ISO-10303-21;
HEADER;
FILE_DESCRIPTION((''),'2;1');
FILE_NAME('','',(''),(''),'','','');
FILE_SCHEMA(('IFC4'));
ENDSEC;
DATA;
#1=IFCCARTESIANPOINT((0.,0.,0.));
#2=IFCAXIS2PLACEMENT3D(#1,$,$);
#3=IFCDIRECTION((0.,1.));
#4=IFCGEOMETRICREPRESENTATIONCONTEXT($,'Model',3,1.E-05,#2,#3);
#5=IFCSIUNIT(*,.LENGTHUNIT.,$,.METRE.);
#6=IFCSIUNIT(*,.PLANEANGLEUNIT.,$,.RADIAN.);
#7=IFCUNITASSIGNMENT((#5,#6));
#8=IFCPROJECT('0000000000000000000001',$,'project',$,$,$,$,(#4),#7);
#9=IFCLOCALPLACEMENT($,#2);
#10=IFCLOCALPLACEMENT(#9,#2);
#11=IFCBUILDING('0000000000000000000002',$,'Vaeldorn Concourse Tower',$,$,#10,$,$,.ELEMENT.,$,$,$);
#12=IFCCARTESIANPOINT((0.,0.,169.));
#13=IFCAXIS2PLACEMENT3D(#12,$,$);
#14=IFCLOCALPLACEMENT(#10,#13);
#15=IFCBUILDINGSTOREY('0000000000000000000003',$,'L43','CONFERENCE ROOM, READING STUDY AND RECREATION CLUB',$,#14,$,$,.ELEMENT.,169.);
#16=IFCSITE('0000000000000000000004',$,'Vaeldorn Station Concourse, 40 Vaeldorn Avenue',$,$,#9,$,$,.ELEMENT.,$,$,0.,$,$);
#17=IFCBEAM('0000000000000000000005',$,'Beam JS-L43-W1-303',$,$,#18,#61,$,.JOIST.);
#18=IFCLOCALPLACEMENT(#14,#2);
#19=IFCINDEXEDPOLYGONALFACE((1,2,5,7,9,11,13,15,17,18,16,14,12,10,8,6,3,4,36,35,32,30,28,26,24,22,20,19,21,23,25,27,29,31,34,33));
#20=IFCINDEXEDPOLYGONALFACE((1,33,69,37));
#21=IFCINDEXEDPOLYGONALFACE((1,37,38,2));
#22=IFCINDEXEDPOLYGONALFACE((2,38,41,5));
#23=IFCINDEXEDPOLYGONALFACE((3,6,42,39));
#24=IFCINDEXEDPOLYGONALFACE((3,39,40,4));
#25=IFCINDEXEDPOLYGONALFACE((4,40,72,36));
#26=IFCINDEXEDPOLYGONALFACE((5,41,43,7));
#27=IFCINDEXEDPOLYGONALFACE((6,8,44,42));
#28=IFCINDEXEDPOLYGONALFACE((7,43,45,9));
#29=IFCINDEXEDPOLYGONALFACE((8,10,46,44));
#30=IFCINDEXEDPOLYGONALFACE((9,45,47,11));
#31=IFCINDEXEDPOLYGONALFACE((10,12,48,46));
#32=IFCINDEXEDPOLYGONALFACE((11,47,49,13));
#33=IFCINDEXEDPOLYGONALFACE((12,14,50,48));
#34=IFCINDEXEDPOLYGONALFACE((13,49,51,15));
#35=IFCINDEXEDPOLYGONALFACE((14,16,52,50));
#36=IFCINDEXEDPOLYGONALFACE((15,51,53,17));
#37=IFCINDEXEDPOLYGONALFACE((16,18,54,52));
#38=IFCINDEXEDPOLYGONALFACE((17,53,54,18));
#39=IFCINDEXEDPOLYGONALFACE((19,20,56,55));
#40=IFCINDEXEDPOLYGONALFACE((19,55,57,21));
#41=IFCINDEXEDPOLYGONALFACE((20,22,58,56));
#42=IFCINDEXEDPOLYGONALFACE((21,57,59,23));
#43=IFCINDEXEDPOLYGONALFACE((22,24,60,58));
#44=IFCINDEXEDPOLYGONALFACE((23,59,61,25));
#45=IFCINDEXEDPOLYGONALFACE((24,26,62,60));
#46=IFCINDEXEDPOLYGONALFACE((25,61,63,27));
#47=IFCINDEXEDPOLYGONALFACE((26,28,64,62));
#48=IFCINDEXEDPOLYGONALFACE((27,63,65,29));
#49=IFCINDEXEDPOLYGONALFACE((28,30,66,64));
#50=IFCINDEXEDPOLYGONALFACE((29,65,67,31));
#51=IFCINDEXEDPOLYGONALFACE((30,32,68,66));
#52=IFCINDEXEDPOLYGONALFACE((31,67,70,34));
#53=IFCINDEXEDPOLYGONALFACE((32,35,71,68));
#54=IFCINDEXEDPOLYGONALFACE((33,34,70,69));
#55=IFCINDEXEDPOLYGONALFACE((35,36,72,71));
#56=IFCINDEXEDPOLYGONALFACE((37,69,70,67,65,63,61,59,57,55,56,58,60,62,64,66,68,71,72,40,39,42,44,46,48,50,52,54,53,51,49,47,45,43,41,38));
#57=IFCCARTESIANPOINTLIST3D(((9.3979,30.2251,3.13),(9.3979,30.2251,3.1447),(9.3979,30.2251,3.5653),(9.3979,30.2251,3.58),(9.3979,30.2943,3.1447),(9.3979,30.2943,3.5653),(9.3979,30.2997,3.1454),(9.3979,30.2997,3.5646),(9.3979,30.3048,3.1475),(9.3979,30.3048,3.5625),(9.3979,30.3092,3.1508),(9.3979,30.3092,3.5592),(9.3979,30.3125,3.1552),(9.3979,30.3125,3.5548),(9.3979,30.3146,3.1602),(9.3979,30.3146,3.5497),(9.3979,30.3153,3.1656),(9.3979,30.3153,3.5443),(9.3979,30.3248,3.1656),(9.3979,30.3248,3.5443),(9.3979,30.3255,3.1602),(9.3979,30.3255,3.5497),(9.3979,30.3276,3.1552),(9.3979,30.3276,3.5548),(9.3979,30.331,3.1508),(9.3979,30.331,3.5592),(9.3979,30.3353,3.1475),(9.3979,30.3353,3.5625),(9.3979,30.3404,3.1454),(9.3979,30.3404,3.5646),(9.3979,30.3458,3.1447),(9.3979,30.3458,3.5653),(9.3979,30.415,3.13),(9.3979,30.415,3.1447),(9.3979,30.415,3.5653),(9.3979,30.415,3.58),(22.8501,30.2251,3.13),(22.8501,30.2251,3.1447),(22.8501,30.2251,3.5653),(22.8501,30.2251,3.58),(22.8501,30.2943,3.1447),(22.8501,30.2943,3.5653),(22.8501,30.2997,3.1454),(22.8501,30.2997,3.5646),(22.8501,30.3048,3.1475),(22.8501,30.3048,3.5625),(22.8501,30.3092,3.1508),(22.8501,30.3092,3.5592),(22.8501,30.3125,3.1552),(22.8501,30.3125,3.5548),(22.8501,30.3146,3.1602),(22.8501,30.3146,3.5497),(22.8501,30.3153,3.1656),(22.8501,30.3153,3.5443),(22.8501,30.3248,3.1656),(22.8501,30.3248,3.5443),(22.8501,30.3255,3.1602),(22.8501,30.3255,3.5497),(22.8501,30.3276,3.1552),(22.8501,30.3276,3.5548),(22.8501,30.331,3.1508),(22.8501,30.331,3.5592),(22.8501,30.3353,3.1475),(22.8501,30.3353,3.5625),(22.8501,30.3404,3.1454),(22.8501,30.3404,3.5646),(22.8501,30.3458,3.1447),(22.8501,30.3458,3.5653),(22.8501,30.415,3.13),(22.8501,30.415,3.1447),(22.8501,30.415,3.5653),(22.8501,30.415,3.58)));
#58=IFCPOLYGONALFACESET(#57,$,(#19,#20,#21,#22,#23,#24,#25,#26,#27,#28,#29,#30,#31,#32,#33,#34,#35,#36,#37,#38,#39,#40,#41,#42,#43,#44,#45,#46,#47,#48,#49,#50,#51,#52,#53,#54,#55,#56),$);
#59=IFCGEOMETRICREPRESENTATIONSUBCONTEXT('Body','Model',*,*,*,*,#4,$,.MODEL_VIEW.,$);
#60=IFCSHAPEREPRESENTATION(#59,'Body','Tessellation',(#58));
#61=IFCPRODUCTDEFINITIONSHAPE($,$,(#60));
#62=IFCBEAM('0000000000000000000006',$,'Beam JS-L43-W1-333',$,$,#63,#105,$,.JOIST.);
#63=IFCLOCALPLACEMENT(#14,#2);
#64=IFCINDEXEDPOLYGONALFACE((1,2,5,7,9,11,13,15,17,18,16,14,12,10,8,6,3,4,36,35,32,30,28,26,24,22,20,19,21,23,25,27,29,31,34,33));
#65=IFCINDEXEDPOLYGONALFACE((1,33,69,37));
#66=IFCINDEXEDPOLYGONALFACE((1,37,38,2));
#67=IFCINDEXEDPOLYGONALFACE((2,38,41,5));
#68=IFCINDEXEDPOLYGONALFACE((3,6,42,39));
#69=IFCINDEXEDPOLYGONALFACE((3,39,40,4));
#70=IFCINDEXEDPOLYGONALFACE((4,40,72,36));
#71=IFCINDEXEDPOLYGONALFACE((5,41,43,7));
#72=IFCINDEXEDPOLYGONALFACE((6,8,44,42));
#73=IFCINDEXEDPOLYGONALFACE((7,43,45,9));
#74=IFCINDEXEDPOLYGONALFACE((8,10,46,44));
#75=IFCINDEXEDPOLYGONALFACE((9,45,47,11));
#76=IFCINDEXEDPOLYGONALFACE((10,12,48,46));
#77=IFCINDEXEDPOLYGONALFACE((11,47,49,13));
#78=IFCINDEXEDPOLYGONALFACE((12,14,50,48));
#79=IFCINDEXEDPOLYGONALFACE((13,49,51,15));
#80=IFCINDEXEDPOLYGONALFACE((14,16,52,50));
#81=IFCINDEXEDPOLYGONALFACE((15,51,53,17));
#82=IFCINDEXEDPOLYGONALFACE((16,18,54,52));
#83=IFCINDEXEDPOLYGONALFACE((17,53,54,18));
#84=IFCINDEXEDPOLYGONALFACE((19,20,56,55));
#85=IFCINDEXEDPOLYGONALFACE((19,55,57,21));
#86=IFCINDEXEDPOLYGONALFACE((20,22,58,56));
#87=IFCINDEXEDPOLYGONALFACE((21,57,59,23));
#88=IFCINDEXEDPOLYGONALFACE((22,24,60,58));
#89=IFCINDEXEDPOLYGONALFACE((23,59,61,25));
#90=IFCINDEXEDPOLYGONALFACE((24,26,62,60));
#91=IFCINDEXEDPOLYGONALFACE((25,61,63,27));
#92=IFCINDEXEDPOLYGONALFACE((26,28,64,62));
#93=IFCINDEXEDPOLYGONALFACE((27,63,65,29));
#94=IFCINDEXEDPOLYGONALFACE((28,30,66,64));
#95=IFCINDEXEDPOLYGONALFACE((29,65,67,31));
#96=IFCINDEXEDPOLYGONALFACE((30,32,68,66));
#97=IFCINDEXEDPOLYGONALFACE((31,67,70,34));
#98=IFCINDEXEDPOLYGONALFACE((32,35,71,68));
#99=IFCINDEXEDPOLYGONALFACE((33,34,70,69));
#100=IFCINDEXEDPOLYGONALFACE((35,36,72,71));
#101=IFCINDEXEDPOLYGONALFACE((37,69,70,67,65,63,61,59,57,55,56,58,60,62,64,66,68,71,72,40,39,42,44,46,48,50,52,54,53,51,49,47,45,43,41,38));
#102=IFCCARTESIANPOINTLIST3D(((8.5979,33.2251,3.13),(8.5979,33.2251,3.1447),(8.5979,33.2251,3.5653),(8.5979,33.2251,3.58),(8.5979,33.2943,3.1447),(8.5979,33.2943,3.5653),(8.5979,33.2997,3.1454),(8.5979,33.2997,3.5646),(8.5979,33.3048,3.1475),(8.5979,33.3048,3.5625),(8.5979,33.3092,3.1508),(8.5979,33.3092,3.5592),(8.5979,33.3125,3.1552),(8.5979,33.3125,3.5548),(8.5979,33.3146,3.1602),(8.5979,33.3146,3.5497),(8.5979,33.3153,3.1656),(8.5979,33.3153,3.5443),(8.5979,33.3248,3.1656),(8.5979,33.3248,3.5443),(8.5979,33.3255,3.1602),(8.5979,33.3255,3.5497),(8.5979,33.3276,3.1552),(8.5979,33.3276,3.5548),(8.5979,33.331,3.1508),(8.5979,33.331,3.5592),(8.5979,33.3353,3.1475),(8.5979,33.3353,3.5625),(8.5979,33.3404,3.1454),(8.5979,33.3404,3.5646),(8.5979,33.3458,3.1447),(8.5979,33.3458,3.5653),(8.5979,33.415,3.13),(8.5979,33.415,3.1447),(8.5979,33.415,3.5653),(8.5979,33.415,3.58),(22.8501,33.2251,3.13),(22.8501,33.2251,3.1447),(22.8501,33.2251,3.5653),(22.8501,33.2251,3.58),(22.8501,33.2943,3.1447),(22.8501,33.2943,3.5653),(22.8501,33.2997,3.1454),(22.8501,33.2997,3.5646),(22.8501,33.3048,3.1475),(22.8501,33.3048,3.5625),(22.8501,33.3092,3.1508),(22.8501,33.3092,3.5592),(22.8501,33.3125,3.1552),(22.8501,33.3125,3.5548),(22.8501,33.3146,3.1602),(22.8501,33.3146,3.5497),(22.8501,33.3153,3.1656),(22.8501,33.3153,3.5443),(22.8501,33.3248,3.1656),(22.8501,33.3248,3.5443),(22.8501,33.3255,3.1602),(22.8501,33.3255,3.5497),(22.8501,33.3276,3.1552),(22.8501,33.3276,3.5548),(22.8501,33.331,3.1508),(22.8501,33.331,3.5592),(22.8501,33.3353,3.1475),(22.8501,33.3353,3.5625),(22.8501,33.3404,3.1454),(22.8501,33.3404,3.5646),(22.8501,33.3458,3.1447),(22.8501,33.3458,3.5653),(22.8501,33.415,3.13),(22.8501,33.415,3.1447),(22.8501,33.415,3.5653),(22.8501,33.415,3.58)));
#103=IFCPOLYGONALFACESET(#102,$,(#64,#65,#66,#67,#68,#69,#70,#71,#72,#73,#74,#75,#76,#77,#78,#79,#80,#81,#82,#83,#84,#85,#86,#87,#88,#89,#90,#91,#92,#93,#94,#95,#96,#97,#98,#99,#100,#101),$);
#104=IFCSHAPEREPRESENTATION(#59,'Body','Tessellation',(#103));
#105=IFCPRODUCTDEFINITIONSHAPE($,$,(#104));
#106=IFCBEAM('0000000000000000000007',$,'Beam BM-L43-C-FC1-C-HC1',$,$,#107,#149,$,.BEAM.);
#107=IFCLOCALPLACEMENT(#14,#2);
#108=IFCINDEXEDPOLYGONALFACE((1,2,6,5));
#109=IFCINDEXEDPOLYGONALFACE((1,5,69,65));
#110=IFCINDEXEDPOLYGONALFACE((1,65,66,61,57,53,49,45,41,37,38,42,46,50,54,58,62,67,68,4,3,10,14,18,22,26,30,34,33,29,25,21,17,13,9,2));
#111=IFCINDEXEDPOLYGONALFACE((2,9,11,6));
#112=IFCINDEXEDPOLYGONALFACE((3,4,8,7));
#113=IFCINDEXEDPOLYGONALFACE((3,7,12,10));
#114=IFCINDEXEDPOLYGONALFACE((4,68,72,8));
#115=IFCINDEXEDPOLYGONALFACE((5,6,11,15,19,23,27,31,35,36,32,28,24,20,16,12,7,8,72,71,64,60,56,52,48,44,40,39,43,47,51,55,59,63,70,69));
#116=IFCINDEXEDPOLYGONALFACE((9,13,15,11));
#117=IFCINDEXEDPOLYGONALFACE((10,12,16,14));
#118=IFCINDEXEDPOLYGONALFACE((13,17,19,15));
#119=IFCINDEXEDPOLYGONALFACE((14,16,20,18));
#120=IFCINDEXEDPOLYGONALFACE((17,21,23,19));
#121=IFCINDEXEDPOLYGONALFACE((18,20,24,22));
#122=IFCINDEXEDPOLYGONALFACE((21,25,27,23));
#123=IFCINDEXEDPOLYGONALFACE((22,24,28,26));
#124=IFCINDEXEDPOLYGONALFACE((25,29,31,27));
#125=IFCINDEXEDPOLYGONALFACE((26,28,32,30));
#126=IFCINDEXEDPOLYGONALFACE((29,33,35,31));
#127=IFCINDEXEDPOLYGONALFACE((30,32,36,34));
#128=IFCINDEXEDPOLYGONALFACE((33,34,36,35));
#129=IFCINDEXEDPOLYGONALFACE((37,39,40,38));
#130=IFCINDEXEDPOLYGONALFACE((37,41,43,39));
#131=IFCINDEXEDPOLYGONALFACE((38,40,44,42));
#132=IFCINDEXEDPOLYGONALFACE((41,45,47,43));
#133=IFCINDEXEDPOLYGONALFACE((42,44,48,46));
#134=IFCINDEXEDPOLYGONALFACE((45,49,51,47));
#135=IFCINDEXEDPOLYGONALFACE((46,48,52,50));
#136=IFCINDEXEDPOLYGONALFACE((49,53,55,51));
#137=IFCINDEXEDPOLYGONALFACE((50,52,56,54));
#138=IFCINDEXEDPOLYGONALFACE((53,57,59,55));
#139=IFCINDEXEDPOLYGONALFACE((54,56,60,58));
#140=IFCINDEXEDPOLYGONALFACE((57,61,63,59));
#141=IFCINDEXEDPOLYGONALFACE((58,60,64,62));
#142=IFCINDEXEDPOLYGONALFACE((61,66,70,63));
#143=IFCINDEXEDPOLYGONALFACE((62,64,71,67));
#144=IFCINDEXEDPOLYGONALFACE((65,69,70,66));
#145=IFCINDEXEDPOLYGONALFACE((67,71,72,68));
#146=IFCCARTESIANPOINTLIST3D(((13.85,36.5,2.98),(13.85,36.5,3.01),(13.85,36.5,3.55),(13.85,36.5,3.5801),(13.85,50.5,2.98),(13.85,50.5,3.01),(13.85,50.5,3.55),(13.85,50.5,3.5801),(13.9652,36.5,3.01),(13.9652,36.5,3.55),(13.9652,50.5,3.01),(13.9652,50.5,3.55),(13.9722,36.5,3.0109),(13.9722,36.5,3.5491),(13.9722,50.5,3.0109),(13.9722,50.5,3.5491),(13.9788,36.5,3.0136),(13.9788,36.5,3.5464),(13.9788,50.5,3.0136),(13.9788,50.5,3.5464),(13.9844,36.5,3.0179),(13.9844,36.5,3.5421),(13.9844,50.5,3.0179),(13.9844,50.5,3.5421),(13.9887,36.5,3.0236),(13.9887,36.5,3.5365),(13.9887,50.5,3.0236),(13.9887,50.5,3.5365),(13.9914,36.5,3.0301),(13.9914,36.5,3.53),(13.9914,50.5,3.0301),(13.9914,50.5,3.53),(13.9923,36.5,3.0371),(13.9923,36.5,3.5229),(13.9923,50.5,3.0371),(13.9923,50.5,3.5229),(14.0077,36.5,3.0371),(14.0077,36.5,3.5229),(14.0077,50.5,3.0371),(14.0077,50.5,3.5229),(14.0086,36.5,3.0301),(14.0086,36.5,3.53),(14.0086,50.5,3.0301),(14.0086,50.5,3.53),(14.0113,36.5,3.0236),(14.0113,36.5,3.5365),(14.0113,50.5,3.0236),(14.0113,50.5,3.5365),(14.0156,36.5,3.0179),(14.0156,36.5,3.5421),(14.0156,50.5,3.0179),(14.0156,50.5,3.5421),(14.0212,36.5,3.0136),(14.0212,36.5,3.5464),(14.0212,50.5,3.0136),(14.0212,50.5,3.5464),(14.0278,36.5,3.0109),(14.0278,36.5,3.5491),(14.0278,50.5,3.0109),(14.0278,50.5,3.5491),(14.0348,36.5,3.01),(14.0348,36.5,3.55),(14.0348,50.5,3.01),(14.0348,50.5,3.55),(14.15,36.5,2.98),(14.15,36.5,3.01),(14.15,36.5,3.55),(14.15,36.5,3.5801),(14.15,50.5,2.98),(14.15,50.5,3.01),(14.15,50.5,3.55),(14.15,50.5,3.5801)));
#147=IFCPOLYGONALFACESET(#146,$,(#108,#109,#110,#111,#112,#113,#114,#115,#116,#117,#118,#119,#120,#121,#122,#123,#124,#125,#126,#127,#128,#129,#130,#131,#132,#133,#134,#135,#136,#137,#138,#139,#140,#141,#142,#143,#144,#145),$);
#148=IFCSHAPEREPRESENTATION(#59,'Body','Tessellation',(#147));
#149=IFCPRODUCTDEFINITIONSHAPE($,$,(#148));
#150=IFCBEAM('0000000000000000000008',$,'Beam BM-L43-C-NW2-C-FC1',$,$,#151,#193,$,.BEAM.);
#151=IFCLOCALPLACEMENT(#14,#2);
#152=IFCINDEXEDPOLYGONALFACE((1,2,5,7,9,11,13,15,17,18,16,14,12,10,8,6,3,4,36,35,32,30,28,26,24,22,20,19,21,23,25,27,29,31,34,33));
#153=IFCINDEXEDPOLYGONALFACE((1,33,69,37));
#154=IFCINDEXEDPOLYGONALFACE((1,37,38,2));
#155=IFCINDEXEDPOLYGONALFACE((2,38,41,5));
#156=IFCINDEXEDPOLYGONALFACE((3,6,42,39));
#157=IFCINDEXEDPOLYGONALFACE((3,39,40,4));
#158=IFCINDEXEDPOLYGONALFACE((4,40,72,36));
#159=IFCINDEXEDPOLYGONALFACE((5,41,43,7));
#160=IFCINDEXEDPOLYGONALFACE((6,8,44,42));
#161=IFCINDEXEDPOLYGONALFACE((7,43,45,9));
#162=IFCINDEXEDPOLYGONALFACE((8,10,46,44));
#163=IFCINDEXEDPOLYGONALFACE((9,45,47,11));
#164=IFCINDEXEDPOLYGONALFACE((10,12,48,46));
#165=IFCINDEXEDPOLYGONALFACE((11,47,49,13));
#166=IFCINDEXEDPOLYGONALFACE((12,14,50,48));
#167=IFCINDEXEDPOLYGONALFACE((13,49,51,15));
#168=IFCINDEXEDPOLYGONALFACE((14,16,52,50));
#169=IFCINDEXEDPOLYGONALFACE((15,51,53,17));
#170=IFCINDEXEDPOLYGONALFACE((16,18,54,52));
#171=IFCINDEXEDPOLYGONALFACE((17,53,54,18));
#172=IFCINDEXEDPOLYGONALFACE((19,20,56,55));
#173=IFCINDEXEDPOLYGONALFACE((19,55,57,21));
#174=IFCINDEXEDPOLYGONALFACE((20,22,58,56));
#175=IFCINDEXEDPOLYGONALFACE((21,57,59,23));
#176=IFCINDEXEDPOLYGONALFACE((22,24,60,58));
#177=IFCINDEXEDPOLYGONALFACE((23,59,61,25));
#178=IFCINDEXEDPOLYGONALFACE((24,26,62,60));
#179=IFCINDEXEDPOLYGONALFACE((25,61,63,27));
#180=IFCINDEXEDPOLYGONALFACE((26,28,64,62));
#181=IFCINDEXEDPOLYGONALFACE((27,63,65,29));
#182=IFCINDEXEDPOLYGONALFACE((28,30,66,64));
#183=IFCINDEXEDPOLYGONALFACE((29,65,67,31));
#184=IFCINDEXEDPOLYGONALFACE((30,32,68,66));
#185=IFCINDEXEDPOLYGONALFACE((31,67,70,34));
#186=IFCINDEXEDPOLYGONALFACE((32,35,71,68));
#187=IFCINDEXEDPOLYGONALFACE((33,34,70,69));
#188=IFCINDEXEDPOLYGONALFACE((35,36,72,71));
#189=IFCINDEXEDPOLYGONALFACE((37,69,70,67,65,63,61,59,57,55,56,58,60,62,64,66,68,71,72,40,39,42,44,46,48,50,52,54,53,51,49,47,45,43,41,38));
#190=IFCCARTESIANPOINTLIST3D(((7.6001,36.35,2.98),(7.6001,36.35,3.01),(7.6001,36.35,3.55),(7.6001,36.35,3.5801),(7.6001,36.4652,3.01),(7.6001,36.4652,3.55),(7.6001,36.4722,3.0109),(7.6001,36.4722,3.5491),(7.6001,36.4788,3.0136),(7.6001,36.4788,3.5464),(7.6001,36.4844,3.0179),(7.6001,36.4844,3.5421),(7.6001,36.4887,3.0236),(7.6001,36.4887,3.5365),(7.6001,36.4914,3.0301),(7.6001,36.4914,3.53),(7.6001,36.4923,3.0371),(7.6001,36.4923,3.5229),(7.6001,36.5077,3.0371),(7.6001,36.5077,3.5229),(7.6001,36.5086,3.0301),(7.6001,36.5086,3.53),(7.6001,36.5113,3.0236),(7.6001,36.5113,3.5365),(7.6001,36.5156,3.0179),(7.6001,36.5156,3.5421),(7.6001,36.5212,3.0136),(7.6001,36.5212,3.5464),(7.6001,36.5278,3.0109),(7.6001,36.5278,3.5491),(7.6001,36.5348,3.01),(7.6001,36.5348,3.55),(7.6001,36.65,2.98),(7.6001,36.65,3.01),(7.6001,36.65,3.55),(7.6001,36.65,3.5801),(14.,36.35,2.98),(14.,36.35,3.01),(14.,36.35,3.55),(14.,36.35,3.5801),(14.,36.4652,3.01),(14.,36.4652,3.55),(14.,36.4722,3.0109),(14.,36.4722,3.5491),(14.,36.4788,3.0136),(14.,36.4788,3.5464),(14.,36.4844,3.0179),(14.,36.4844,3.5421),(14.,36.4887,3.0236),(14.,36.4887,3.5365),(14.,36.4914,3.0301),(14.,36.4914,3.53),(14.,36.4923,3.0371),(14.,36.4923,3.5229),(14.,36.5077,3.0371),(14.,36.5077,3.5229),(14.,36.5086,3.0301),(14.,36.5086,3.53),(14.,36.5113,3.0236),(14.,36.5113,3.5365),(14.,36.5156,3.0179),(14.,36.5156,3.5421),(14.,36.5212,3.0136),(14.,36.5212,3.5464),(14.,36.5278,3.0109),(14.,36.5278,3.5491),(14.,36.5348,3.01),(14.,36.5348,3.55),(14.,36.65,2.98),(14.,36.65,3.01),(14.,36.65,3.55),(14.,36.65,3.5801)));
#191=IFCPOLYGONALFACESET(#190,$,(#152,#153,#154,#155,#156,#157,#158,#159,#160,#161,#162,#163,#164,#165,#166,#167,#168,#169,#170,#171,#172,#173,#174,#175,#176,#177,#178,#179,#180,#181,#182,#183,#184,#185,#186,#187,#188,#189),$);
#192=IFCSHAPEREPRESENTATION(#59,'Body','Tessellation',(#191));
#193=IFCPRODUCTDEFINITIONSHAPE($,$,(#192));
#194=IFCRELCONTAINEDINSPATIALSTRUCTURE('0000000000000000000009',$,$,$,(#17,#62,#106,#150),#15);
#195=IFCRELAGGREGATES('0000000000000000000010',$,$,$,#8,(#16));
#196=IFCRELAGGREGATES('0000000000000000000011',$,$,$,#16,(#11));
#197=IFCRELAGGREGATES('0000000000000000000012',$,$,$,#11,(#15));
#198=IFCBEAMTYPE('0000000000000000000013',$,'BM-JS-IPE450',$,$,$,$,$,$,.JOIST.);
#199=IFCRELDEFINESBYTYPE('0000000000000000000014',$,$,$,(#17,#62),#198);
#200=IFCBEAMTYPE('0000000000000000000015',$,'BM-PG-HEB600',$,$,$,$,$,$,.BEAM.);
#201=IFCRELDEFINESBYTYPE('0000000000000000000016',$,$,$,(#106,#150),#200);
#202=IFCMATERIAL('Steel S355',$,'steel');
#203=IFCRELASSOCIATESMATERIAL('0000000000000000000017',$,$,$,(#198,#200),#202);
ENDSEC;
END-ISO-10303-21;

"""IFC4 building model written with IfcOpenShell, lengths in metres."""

from ifc_helpers import new_model, si_unit, direction, frame, origin, origin_2d, place, context, subcontext, project, spatial, i_section, extrude, source, transform, mapped, material, material_profile, profile_set, type_object, element, save


model = new_model("IFC4")

# Units and contexts
model_context = context("Model", 3, precision=1e-05, world=origin(), true_north=direction((0.0, 1.0)))
body_context = subcontext(model_context, "Body", "Model", "MODEL_VIEW")
ifc_project = project(units=[si_unit("LENGTHUNIT", "METRE"), si_unit("PLANEANGLEUNIT", "RADIAN")], contexts=[model_context])

# Site, building, storey
site_placement = place(None, origin())
site = spatial("IfcSite", under=ifc_project, at=site_placement, Name="Vaeldorn Station Concourse, 40 Vaeldorn Avenue", CompositionType="ELEMENT", RefElevation=0.0)
building_placement = place(site_placement, origin())
building = spatial("IfcBuilding", under=site, at=building_placement, Name="Vaeldorn Concourse Tower", CompositionType="ELEMENT")
storey_placement = place(building_placement, frame((0.0, 0.0, 169.0)))
storey = spatial("IfcBuildingStorey", under=building, at=storey_placement, Name="L43", Description="CONFERENCE ROOM, READING STUDY AND RECREATION CLUB", CompositionType="ELEMENT", Elevation=169.0)

# Beams
ifc_material_1 = material(Name="Steel S355", Category="steel")
ifc_material_profile_1 = material_profile(ifc_material_1, i_section(OverallWidth=0.1899, OverallDepth=0.45, WebThickness=0.0095, FlangeThickness=0.0146, FilletRadius=0.021, at=origin_2d()), Name="IPE 450")
ifc_profile_set_1 = profile_set([ifc_material_profile_1], Name="Steel S355")
beam_type_1 = type_object("IfcBeamType", Name="BM-JS-IPE450", PredefinedType="JOIST", material=ifc_profile_set_1)
shared_shape_1 = source(origin(), body_context, "Body", "SweptSolid", [
    extrude(i_section(OverallWidth=0.1899, OverallDepth=0.45, WebThickness=0.0095, FlangeThickness=0.0146, FilletRadius=0.021, at=origin_2d()), origin(), (0.0, 0.0, 1.0), 13.4521),
])
beam_1_placement = place(storey_placement, frame((9.3979, 30.3201, 3.355), z_axis=(1.0, 0.0, 0.0), x_axis=(0.0, 1.0, 0.0)))
element("IfcBeam", 1, at=beam_1_placement, inside=storey, type_object=beam_type_1, Name="Beam JS-L43-W1-303", PredefinedType="JOIST", context=body_context, shape_type="MappedRepresentation", body=[
    mapped(shared_shape_1, transform((0.0, 0.0, 0.0), scale=1.0)),
])
shared_shape_2 = source(origin(), body_context, "Body", "SweptSolid", [
    extrude(i_section(OverallWidth=0.1899, OverallDepth=0.45, WebThickness=0.0095, FlangeThickness=0.0146, FilletRadius=0.021, at=origin_2d()), origin(), (0.0, 0.0, 1.0), 14.2522),
])
beam_2_placement = place(storey_placement, frame((8.5979, 33.3201, 3.355), z_axis=(1.0, 0.0, 0.0), x_axis=(0.0, 1.0, 0.0)))
element("IfcBeam", 2, at=beam_2_placement, inside=storey, type_object=beam_type_1, Name="Beam JS-L43-W1-333", PredefinedType="JOIST", context=body_context, shape_type="MappedRepresentation", body=[
    mapped(shared_shape_2, transform((0.0, 0.0, 0.0), scale=1.0)),
])
ifc_material_profile_2 = material_profile(ifc_material_1, i_section(OverallWidth=0.3, OverallDepth=0.6001, WebThickness=0.0154, FlangeThickness=0.03, FilletRadius=0.0271, at=origin_2d()), Name="HEB 600")
ifc_profile_set_2 = profile_set([ifc_material_profile_2], Name="Steel S355")
beam_type_2 = type_object("IfcBeamType", Name="BM-PG-HEB600", PredefinedType="BEAM", material=ifc_profile_set_2)
shared_shape_3 = source(origin(), body_context, "Body", "SweptSolid", [
    extrude(i_section(OverallWidth=0.3, OverallDepth=0.6001, WebThickness=0.0154, FlangeThickness=0.03, FilletRadius=0.0271, at=origin_2d()), origin(), (0.0, 0.0, 1.0), 14.0),
])
beam_3_placement = place(storey_placement, frame((14.0, 36.5, 3.28), z_axis=(0.0, 1.0, 0.0), x_axis=(-1.0, 0.0, 0.0)))
element("IfcBeam", 3, at=beam_3_placement, inside=storey, type_object=beam_type_2, Name="Beam BM-L43-C-FC1-C-HC1", PredefinedType="BEAM", context=body_context, shape_type="MappedRepresentation", body=[
    mapped(shared_shape_3, transform((0.0, 0.0, 0.0), scale=1.0)),
])
shared_shape_4 = source(origin(), body_context, "Body", "SweptSolid", [
    extrude(i_section(OverallWidth=0.3, OverallDepth=0.6001, WebThickness=0.0154, FlangeThickness=0.03, FilletRadius=0.0271, at=origin_2d()), origin(), (0.0, 0.0, 1.0), 6.3999),
])
beam_4_placement = place(storey_placement, frame((7.6001, 36.5, 3.28), z_axis=(1.0, 0.0, 0.0), x_axis=(0.0, 1.0, 0.0)))
element("IfcBeam", 4, at=beam_4_placement, inside=storey, type_object=beam_type_2, Name="Beam BM-L43-C-NW2-C-FC1", PredefinedType="BEAM", context=body_context, shape_type="MappedRepresentation", body=[
    mapped(shared_shape_4, transform((0.0, 0.0, 0.0), scale=1.0)),
])

save(model, "model.ifc")
